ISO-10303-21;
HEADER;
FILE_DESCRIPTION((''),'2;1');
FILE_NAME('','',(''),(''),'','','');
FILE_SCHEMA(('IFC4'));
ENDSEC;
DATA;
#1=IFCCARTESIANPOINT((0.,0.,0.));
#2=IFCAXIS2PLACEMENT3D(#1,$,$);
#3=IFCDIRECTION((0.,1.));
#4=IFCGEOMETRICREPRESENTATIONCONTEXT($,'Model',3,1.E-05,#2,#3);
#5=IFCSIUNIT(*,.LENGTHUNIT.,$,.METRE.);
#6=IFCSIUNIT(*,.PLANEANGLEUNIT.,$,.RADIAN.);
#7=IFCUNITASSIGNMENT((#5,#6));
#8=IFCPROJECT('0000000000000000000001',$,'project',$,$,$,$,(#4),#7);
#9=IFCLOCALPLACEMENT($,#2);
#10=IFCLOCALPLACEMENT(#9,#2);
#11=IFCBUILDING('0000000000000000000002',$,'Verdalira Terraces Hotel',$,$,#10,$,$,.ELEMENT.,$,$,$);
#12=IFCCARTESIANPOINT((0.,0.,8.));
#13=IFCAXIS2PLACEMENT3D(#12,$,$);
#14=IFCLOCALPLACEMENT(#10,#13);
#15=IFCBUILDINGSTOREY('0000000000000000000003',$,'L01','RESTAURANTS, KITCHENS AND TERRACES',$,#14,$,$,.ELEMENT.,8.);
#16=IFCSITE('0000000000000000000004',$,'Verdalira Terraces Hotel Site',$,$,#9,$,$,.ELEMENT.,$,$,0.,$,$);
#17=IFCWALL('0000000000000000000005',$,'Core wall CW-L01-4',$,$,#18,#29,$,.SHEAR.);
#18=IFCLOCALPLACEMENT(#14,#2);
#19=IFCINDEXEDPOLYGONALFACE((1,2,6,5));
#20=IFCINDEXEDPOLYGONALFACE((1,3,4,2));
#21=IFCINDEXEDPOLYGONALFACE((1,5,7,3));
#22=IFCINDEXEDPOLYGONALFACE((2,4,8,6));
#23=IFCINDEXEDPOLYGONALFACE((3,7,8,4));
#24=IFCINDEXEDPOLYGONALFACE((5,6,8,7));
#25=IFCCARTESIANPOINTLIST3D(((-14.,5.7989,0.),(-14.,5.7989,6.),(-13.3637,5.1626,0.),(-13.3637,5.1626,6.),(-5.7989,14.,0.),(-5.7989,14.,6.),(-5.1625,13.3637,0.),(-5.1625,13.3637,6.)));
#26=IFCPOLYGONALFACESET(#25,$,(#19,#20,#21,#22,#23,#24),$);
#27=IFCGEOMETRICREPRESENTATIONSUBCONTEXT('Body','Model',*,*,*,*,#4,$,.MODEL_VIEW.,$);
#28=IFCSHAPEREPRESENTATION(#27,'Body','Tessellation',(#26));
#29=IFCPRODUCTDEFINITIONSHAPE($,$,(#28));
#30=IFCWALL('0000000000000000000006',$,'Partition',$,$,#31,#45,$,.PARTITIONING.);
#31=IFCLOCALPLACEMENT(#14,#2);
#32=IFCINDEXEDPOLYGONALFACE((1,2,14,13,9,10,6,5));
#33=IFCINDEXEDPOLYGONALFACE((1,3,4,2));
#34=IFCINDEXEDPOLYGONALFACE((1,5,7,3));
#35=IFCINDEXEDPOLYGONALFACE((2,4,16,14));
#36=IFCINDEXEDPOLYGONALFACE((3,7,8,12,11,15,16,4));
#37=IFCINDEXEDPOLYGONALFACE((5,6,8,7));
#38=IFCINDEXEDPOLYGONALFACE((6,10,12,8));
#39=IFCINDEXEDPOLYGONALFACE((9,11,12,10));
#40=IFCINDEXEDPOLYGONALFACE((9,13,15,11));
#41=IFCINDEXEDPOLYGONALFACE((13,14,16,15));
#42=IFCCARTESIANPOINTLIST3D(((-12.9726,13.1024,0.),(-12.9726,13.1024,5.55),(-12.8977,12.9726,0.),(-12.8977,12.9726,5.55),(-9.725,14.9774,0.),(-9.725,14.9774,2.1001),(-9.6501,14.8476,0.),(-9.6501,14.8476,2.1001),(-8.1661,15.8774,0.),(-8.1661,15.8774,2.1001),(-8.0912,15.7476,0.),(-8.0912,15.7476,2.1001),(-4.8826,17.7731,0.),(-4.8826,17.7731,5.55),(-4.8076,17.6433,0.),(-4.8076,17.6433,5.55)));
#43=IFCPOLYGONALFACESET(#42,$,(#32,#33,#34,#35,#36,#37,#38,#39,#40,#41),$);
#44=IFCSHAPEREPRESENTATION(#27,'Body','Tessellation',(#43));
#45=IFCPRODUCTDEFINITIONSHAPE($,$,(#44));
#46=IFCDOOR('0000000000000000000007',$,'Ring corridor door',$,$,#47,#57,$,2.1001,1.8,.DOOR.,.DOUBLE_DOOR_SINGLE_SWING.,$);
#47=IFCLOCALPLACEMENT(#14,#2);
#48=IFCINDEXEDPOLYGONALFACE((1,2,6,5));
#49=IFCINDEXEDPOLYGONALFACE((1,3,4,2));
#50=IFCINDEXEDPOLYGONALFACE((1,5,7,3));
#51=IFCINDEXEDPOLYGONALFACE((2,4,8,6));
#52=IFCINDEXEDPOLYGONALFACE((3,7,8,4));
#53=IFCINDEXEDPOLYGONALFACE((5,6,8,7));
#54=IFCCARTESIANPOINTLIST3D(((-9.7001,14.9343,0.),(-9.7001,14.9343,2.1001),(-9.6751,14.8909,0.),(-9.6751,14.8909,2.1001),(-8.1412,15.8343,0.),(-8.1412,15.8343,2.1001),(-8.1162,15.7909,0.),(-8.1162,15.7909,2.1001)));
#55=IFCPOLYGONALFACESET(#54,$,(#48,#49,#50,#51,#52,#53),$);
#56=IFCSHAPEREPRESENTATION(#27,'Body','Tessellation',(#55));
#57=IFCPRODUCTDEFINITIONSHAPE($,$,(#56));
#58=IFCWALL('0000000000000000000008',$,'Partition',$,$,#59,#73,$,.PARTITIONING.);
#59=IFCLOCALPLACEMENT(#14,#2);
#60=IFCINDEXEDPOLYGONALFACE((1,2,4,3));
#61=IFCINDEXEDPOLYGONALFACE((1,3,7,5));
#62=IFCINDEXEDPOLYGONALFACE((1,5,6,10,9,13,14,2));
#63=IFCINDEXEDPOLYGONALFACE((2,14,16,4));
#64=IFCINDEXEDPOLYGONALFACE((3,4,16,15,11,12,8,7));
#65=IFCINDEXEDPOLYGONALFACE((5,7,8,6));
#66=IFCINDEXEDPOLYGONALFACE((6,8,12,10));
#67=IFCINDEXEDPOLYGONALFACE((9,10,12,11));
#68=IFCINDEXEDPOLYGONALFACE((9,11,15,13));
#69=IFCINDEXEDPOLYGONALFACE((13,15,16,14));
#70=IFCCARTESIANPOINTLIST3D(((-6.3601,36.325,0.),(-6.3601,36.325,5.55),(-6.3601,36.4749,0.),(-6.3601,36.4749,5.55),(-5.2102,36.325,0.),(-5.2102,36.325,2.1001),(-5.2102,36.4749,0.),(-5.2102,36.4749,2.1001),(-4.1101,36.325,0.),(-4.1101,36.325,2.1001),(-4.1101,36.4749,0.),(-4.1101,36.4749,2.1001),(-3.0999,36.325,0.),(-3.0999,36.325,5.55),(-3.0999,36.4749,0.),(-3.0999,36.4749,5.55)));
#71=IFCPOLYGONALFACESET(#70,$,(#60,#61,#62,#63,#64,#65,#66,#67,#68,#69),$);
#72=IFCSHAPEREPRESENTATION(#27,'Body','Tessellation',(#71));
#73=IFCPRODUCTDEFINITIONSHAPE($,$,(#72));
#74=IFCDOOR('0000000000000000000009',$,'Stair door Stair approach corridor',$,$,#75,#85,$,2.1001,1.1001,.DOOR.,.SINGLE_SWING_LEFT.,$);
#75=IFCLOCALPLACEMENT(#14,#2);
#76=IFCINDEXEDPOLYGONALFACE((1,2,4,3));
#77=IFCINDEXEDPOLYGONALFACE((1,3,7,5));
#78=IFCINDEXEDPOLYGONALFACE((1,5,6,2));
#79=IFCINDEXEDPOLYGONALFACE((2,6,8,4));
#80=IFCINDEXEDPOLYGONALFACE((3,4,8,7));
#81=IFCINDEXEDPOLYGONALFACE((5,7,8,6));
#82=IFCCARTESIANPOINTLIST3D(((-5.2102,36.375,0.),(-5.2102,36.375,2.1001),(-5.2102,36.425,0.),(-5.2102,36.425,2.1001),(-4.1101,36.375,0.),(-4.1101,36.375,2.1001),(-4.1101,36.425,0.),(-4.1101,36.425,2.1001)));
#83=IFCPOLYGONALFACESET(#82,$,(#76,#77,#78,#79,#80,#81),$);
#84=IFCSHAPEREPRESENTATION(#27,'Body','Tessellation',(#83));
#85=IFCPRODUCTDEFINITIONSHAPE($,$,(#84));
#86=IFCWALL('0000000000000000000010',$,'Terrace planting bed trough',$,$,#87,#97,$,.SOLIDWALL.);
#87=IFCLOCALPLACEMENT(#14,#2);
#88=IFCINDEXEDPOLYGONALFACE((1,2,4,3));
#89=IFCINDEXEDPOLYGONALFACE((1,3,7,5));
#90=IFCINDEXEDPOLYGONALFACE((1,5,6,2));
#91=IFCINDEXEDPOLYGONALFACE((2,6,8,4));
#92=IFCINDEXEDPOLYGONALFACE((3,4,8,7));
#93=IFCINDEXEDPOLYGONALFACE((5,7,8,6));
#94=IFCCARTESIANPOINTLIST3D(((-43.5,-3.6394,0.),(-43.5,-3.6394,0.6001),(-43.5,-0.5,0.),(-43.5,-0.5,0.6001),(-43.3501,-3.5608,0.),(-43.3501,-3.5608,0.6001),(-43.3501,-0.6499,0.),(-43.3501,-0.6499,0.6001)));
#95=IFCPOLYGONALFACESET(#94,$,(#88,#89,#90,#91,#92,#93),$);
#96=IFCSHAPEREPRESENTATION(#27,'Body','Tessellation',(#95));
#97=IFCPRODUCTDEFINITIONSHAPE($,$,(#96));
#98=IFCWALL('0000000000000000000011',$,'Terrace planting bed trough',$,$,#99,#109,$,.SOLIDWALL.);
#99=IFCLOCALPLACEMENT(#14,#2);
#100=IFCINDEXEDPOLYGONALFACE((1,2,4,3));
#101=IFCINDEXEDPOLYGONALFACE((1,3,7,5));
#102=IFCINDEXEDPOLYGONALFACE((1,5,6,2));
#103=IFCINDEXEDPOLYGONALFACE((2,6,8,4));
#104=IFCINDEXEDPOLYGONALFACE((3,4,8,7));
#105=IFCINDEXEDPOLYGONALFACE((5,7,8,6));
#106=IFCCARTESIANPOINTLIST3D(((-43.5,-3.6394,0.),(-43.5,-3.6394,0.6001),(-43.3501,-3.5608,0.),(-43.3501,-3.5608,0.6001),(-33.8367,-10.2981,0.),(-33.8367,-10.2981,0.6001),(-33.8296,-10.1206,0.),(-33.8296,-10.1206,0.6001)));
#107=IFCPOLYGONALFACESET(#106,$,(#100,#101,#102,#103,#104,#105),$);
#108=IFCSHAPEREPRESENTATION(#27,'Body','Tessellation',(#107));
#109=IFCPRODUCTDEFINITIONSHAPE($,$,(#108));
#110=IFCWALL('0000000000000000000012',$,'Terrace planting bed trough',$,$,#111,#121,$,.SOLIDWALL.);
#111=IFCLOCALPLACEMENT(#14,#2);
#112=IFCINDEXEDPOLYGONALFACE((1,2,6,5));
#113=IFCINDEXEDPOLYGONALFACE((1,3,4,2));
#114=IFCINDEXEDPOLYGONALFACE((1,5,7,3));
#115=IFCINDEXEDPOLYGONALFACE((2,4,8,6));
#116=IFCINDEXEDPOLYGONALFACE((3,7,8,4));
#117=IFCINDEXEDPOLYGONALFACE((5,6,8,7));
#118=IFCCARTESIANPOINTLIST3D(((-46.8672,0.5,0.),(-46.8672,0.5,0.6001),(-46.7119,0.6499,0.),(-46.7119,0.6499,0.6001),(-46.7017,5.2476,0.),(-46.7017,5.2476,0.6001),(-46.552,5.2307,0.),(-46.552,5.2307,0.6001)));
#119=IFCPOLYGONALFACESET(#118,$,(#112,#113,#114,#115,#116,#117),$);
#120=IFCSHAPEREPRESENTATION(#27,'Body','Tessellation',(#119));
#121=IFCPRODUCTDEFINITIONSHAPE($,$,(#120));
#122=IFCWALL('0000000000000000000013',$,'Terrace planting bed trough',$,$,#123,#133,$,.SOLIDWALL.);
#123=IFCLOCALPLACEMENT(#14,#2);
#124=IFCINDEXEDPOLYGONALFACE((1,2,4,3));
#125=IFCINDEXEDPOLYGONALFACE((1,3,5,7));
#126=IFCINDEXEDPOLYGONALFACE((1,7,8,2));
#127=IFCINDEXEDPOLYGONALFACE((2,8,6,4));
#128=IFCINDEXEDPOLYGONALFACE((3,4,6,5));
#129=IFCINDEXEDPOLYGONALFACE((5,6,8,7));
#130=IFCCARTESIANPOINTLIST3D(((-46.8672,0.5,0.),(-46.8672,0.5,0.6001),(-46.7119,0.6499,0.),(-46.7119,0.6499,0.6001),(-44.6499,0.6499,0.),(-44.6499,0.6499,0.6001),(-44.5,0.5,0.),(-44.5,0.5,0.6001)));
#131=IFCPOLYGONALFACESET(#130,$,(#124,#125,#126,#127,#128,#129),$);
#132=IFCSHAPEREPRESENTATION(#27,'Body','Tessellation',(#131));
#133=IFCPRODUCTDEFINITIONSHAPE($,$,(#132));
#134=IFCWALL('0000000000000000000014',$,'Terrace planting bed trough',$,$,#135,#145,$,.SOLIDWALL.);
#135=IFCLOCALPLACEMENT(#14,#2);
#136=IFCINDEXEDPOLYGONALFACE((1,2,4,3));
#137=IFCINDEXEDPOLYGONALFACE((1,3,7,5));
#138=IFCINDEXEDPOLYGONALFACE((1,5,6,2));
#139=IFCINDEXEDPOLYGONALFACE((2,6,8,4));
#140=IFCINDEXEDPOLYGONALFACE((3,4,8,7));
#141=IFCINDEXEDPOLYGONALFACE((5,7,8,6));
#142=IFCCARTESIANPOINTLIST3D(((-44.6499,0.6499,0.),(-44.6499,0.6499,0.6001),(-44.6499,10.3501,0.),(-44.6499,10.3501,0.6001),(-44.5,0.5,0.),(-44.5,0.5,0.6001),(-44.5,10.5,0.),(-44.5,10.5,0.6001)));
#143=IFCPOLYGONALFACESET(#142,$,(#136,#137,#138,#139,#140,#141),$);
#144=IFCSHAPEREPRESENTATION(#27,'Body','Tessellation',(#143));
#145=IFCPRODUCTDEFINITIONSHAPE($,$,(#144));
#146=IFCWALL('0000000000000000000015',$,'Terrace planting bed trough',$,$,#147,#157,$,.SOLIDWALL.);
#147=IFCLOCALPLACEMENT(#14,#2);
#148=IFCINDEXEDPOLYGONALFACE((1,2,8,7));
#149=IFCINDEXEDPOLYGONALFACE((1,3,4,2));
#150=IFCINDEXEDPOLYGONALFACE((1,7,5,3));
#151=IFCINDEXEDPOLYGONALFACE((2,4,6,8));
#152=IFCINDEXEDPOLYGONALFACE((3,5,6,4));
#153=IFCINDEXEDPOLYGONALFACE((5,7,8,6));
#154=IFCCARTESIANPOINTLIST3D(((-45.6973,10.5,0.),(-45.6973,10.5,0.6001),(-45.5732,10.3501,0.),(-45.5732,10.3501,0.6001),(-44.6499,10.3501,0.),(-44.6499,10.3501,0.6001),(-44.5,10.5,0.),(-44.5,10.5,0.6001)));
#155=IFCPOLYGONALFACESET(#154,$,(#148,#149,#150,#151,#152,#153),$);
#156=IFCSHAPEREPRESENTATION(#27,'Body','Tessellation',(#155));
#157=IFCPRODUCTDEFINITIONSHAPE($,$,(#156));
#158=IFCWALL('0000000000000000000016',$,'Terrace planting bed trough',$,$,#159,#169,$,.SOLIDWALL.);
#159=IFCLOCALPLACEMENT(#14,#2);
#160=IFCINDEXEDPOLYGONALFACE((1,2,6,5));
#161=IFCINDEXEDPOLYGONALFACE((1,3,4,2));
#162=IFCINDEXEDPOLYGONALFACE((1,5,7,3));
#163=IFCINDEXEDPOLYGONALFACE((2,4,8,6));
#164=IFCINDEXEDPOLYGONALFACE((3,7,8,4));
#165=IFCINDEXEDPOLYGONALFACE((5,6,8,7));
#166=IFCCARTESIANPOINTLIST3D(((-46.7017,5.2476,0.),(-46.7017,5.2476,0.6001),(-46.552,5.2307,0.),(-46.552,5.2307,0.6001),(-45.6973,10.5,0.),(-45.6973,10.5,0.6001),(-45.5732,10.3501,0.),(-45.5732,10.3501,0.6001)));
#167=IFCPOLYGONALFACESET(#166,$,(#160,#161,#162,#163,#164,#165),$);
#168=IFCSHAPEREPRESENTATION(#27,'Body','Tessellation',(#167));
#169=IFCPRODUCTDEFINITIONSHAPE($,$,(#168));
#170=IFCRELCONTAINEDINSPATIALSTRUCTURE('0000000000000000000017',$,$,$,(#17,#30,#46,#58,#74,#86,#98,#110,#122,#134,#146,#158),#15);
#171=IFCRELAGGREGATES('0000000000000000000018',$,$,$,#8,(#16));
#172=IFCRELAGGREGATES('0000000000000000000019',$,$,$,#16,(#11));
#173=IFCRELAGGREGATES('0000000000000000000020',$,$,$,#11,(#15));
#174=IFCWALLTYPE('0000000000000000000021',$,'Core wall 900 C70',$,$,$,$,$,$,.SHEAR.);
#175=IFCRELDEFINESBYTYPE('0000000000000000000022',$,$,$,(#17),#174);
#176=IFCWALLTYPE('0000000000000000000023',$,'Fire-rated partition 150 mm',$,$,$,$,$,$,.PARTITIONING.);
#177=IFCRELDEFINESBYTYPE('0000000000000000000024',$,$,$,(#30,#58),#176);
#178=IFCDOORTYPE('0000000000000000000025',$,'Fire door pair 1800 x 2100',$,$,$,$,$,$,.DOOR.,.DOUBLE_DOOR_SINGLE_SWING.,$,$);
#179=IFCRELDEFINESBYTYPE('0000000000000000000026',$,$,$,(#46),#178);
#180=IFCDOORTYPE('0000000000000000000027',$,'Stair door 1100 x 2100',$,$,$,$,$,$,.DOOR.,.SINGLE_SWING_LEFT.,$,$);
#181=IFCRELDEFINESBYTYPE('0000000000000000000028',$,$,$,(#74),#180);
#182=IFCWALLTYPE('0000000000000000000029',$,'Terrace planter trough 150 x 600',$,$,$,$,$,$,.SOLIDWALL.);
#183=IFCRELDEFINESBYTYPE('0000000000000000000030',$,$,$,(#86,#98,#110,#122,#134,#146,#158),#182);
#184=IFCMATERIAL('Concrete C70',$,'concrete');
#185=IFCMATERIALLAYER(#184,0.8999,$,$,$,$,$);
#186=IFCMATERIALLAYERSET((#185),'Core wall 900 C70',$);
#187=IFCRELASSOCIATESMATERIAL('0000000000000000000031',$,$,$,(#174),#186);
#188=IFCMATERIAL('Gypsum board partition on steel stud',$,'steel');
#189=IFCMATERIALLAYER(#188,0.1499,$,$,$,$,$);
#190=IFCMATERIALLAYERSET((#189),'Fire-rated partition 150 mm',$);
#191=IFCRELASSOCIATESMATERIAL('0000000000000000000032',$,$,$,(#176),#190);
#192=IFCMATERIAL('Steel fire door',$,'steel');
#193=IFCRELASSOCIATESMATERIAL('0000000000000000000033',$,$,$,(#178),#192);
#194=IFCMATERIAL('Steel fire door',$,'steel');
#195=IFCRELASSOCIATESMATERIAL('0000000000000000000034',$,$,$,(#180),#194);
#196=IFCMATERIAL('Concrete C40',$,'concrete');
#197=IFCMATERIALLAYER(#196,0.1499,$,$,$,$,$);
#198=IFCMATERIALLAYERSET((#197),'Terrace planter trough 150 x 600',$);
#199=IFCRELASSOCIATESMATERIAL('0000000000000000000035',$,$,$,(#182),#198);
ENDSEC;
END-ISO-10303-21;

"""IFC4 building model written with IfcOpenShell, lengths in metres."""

from ifc_helpers import new_model, si_unit, direction, frame, frame_2d, origin, place, context, subcontext, project, spatial, polyline, rectangle, outline, extrude, material, layer, layer_set, type_object, element, fill, save


model = new_model("IFC4")

# Units and contexts
model_context = context("Model", 3, precision=1e-05, world=origin(), true_north=direction((0.0, 1.0)))
body_context = subcontext(model_context, "Body", "Model", "MODEL_VIEW")
ifc_project = project(units=[si_unit("LENGTHUNIT", "METRE"), si_unit("PLANEANGLEUNIT", "RADIAN")], contexts=[model_context])

# Site, building, storey
site_placement = place(None, origin())
site = spatial("IfcSite", under=ifc_project, at=site_placement, Name="Verdalira Terraces Hotel Site", CompositionType="ELEMENT", RefElevation=0.0)
building_placement = place(site_placement, origin())
building = spatial("IfcBuilding", under=site, at=building_placement, Name="Verdalira Terraces Hotel", CompositionType="ELEMENT")
storey_placement = place(building_placement, frame((0.0, 0.0, 8.0)))
storey = spatial("IfcBuildingStorey", under=building, at=storey_placement, Name="L01", Description="RESTAURANTS, KITCHENS AND TERRACES", CompositionType="ELEMENT", Elevation=8.0)

# Wall
ifc_material_1 = material(Name="Concrete C70", Category="concrete")
ifc_layer_1 = layer(ifc_material_1, 0.8999)
ifc_layer_set_1 = layer_set([ifc_layer_1], Name="Core wall 900 C70")
wall_type_1 = type_object("IfcWallType", Name="Core wall 900 C70", PredefinedType="SHEAR", material=ifc_layer_set_1)
wall_1_placement = place(storey_placement, frame((-5.4807, 13.6819, 0.0), z_axis=(0.0, 0.0, 1.0), x_axis=(-0.707107, -0.707107, 0.0)))
element("IfcWall", 1, at=wall_1_placement, inside=storey, type_object=wall_type_1, Name="Core wall CW-L01-4", PredefinedType="SHEAR", context=body_context, shape_type="SweptSolid", body=[
    extrude(rectangle(XDim=11.5981, YDim=0.8999, at=frame_2d((5.7991, 0.0))), origin(), (0.0, 0.0, 1.0), 6.0),
])

# Walls, openings, doors
ifc_material_2 = material(Name="Gypsum board partition on steel stud", Category="steel")
ifc_layer_2 = layer(ifc_material_2, 0.1499)
ifc_layer_set_2 = layer_set([ifc_layer_2], Name="Fire-rated partition 150 mm")
wall_type_2 = type_object("IfcWallType", Name="Fire-rated partition 150 mm", PredefinedType="PARTITIONING", material=ifc_layer_set_2)
wall_2_placement = place(storey_placement, frame((-4.845, 17.7083, 0.0), z_axis=(0.0, 0.0, 1.0), x_axis=(-0.866033, -0.499987, 0.0)))
wall_2 = element("IfcWall", 2, at=wall_2_placement, inside=storey, type_object=wall_type_2, Name="Partition", PredefinedType="PARTITIONING", context=body_context, shape_type="SweptSolid", body=[
    extrude(rectangle(XDim=9.3416, YDim=0.1499, at=frame_2d((4.6709, 0.0))), origin(), (0.0, 0.0, 1.0), 5.55),
])
opening_1_placement = place(wall_2_placement, frame((3.7917, 0.0, 0.0)))
opening_1 = element("IfcOpeningElement", 3, at=opening_1_placement, cuts=wall_2, PredefinedType="OPENING", context=body_context, shape_type="SweptSolid", body=[
    extrude(rectangle(XDim=1.8, YDim=2.1001, at=frame_2d((0.8999, 1.05))), frame((0.0, 0.085, 0.0), z_axis=(0.0, -1.0, 0.0), x_axis=(1.0, 0.0, 0.0)), (0.0, 0.0, 1.0), 0.1699),
])
ifc_material_3 = material(Name="Steel fire door", Category="steel")
door_type_1 = type_object("IfcDoorType", Name="Fire door pair 1800 x 2100", OperationType="DOUBLE_DOOR_SINGLE_SWING", PredefinedType="DOOR", material=ifc_material_3)
door_1_placement = place(opening_1_placement, origin())
door_1 = element("IfcDoor", 4, at=door_1_placement, inside=storey, type_object=door_type_1, Name="Ring corridor door", OperationType="DOUBLE_DOOR_SINGLE_SWING", OverallHeight=2.1001, OverallWidth=1.8, PredefinedType="DOOR", context=body_context, shape_type="SweptSolid", body=[
    extrude(rectangle(XDim=1.8, YDim=2.1001, at=frame_2d((0.8999, 1.05))), frame((0.0, 0.0249, 0.0), z_axis=(0.0, -1.0, 0.0), x_axis=(1.0, 0.0, 0.0)), (0.0, 0.0, 1.0), 0.05),
])
fill(opening_1, door_1)
wall_3_placement = place(storey_placement, frame((-3.0999, 36.3999, 0.0), z_axis=(0.0, 0.0, 1.0), x_axis=(-1.0, 0.0, 0.0)))
wall_3 = element("IfcWall", 5, at=wall_3_placement, inside=storey, type_object=wall_type_2, Name="Partition", PredefinedType="PARTITIONING", context=body_context, shape_type="SweptSolid", body=[
    extrude(rectangle(XDim=3.2603, YDim=0.1499, at=frame_2d((1.6301, 0.0))), origin(), (0.0, 0.0, 1.0), 5.55),
])
opening_2_placement = place(wall_3_placement, frame((1.0103, 0.0, 0.0)))
opening_2 = element("IfcOpeningElement", 6, at=opening_2_placement, cuts=wall_3, PredefinedType="OPENING", context=body_context, shape_type="SweptSolid", body=[
    extrude(rectangle(XDim=1.1001, YDim=2.1001, at=frame_2d((0.55, 1.05))), frame((0.0, 0.085, 0.0), z_axis=(0.0, -1.0, 0.0), x_axis=(1.0, 0.0, 0.0)), (0.0, 0.0, 1.0), 0.1699),
])
ifc_material_4 = material(Name="Steel fire door", Category="steel")
door_type_2 = type_object("IfcDoorType", Name="Stair door 1100 x 2100", OperationType="SINGLE_SWING_LEFT", PredefinedType="DOOR", material=ifc_material_4)
door_2_placement = place(opening_2_placement, origin())
door_2 = element("IfcDoor", 7, at=door_2_placement, inside=storey, type_object=door_type_2, Name="Stair door Stair approach corridor", OperationType="SINGLE_SWING_LEFT", OverallHeight=2.1001, OverallWidth=1.1001, PredefinedType="DOOR", context=body_context, shape_type="SweptSolid", body=[
    extrude(rectangle(XDim=1.1001, YDim=2.1001, at=frame_2d((0.55, 1.05))), frame((0.0, 0.0249, 0.0), z_axis=(0.0, -1.0, 0.0), x_axis=(1.0, 0.0, 0.0)), (0.0, 0.0, 1.0), 0.05),
])
fill(opening_2, door_2)

# Walls
ifc_material_5 = material(Name="Concrete C40", Category="concrete")
ifc_layer_3 = layer(ifc_material_5, 0.1499)
ifc_layer_set_3 = layer_set([ifc_layer_3], Name="Terrace planter trough 150 x 600")
wall_type_3 = type_object("IfcWallType", Name="Terrace planter trough 150 x 600", PredefinedType="SOLIDWALL", material=ifc_layer_set_3)
wall_4_placement = place(storey_placement, origin())
element("IfcWall", 8, at=wall_4_placement, inside=storey, type_object=wall_type_3, Name="Terrace planting bed trough", PredefinedType="SOLIDWALL", context=body_context, shape_type="SweptSolid", body=[
    extrude(outline(polyline([(-43.5, -0.5), (-43.5, -3.6394), (-43.3501, -3.5608), (-43.3501, -0.6499), (-43.5, -0.5)])), origin(), (0.0, 0.0, 1.0), 0.6001),
])
wall_5_placement = place(storey_placement, origin())
element("IfcWall", 9, at=wall_5_placement, inside=storey, type_object=wall_type_3, Name="Terrace planting bed trough", PredefinedType="SOLIDWALL", context=body_context, shape_type="SweptSolid", body=[
    extrude(outline(polyline([(-43.5, -3.6394), (-33.8367, -10.2981), (-33.8296, -10.1206), (-43.3501, -3.5608), (-43.5, -3.6394)])), origin(), (0.0, 0.0, 1.0), 0.6001),
])
wall_6_placement = place(storey_placement, origin())
element("IfcWall", 10, at=wall_6_placement, inside=storey, type_object=wall_type_3, Name="Terrace planting bed trough", PredefinedType="SOLIDWALL", context=body_context, shape_type="SweptSolid", body=[
    extrude(outline(polyline([(-46.7017, 5.2476), (-46.8672, 0.5), (-46.7119, 0.6499), (-46.552, 5.2307), (-46.7017, 5.2476)])), origin(), (0.0, 0.0, 1.0), 0.6001),
])
wall_7_placement = place(storey_placement, origin())
element("IfcWall", 11, at=wall_7_placement, inside=storey, type_object=wall_type_3, Name="Terrace planting bed trough", PredefinedType="SOLIDWALL", context=body_context, shape_type="SweptSolid", body=[
    extrude(outline(polyline([(-46.8672, 0.5), (-44.5, 0.5), (-44.6499, 0.6499), (-46.7119, 0.6499), (-46.8672, 0.5)])), origin(), (0.0, 0.0, 1.0), 0.6001),
])
wall_8_placement = place(storey_placement, origin())
element("IfcWall", 12, at=wall_8_placement, inside=storey, type_object=wall_type_3, Name="Terrace planting bed trough", PredefinedType="SOLIDWALL", context=body_context, shape_type="SweptSolid", body=[
    extrude(outline(polyline([(-44.5, 0.5), (-44.5, 10.5), (-44.6499, 10.3501), (-44.6499, 0.6499), (-44.5, 0.5)])), origin(), (0.0, 0.0, 1.0), 0.6001),
])
wall_9_placement = place(storey_placement, origin())
element("IfcWall", 13, at=wall_9_placement, inside=storey, type_object=wall_type_3, Name="Terrace planting bed trough", PredefinedType="SOLIDWALL", context=body_context, shape_type="SweptSolid", body=[
    extrude(outline(polyline([(-44.5, 10.5), (-45.6973, 10.5), (-45.5732, 10.3501), (-44.6499, 10.3501), (-44.5, 10.5)])), origin(), (0.0, 0.0, 1.0), 0.6001),
])
wall_10_placement = place(storey_placement, origin())
element("IfcWall", 14, at=wall_10_placement, inside=storey, type_object=wall_type_3, Name="Terrace planting bed trough", PredefinedType="SOLIDWALL", context=body_context, shape_type="SweptSolid", body=[
    extrude(outline(polyline([(-45.6973, 10.5), (-46.7017, 5.2476), (-46.552, 5.2307), (-45.5732, 10.3501), (-45.6973, 10.5)])), origin(), (0.0, 0.0, 1.0), 0.6001),
])

save(model, "model.ifc")
